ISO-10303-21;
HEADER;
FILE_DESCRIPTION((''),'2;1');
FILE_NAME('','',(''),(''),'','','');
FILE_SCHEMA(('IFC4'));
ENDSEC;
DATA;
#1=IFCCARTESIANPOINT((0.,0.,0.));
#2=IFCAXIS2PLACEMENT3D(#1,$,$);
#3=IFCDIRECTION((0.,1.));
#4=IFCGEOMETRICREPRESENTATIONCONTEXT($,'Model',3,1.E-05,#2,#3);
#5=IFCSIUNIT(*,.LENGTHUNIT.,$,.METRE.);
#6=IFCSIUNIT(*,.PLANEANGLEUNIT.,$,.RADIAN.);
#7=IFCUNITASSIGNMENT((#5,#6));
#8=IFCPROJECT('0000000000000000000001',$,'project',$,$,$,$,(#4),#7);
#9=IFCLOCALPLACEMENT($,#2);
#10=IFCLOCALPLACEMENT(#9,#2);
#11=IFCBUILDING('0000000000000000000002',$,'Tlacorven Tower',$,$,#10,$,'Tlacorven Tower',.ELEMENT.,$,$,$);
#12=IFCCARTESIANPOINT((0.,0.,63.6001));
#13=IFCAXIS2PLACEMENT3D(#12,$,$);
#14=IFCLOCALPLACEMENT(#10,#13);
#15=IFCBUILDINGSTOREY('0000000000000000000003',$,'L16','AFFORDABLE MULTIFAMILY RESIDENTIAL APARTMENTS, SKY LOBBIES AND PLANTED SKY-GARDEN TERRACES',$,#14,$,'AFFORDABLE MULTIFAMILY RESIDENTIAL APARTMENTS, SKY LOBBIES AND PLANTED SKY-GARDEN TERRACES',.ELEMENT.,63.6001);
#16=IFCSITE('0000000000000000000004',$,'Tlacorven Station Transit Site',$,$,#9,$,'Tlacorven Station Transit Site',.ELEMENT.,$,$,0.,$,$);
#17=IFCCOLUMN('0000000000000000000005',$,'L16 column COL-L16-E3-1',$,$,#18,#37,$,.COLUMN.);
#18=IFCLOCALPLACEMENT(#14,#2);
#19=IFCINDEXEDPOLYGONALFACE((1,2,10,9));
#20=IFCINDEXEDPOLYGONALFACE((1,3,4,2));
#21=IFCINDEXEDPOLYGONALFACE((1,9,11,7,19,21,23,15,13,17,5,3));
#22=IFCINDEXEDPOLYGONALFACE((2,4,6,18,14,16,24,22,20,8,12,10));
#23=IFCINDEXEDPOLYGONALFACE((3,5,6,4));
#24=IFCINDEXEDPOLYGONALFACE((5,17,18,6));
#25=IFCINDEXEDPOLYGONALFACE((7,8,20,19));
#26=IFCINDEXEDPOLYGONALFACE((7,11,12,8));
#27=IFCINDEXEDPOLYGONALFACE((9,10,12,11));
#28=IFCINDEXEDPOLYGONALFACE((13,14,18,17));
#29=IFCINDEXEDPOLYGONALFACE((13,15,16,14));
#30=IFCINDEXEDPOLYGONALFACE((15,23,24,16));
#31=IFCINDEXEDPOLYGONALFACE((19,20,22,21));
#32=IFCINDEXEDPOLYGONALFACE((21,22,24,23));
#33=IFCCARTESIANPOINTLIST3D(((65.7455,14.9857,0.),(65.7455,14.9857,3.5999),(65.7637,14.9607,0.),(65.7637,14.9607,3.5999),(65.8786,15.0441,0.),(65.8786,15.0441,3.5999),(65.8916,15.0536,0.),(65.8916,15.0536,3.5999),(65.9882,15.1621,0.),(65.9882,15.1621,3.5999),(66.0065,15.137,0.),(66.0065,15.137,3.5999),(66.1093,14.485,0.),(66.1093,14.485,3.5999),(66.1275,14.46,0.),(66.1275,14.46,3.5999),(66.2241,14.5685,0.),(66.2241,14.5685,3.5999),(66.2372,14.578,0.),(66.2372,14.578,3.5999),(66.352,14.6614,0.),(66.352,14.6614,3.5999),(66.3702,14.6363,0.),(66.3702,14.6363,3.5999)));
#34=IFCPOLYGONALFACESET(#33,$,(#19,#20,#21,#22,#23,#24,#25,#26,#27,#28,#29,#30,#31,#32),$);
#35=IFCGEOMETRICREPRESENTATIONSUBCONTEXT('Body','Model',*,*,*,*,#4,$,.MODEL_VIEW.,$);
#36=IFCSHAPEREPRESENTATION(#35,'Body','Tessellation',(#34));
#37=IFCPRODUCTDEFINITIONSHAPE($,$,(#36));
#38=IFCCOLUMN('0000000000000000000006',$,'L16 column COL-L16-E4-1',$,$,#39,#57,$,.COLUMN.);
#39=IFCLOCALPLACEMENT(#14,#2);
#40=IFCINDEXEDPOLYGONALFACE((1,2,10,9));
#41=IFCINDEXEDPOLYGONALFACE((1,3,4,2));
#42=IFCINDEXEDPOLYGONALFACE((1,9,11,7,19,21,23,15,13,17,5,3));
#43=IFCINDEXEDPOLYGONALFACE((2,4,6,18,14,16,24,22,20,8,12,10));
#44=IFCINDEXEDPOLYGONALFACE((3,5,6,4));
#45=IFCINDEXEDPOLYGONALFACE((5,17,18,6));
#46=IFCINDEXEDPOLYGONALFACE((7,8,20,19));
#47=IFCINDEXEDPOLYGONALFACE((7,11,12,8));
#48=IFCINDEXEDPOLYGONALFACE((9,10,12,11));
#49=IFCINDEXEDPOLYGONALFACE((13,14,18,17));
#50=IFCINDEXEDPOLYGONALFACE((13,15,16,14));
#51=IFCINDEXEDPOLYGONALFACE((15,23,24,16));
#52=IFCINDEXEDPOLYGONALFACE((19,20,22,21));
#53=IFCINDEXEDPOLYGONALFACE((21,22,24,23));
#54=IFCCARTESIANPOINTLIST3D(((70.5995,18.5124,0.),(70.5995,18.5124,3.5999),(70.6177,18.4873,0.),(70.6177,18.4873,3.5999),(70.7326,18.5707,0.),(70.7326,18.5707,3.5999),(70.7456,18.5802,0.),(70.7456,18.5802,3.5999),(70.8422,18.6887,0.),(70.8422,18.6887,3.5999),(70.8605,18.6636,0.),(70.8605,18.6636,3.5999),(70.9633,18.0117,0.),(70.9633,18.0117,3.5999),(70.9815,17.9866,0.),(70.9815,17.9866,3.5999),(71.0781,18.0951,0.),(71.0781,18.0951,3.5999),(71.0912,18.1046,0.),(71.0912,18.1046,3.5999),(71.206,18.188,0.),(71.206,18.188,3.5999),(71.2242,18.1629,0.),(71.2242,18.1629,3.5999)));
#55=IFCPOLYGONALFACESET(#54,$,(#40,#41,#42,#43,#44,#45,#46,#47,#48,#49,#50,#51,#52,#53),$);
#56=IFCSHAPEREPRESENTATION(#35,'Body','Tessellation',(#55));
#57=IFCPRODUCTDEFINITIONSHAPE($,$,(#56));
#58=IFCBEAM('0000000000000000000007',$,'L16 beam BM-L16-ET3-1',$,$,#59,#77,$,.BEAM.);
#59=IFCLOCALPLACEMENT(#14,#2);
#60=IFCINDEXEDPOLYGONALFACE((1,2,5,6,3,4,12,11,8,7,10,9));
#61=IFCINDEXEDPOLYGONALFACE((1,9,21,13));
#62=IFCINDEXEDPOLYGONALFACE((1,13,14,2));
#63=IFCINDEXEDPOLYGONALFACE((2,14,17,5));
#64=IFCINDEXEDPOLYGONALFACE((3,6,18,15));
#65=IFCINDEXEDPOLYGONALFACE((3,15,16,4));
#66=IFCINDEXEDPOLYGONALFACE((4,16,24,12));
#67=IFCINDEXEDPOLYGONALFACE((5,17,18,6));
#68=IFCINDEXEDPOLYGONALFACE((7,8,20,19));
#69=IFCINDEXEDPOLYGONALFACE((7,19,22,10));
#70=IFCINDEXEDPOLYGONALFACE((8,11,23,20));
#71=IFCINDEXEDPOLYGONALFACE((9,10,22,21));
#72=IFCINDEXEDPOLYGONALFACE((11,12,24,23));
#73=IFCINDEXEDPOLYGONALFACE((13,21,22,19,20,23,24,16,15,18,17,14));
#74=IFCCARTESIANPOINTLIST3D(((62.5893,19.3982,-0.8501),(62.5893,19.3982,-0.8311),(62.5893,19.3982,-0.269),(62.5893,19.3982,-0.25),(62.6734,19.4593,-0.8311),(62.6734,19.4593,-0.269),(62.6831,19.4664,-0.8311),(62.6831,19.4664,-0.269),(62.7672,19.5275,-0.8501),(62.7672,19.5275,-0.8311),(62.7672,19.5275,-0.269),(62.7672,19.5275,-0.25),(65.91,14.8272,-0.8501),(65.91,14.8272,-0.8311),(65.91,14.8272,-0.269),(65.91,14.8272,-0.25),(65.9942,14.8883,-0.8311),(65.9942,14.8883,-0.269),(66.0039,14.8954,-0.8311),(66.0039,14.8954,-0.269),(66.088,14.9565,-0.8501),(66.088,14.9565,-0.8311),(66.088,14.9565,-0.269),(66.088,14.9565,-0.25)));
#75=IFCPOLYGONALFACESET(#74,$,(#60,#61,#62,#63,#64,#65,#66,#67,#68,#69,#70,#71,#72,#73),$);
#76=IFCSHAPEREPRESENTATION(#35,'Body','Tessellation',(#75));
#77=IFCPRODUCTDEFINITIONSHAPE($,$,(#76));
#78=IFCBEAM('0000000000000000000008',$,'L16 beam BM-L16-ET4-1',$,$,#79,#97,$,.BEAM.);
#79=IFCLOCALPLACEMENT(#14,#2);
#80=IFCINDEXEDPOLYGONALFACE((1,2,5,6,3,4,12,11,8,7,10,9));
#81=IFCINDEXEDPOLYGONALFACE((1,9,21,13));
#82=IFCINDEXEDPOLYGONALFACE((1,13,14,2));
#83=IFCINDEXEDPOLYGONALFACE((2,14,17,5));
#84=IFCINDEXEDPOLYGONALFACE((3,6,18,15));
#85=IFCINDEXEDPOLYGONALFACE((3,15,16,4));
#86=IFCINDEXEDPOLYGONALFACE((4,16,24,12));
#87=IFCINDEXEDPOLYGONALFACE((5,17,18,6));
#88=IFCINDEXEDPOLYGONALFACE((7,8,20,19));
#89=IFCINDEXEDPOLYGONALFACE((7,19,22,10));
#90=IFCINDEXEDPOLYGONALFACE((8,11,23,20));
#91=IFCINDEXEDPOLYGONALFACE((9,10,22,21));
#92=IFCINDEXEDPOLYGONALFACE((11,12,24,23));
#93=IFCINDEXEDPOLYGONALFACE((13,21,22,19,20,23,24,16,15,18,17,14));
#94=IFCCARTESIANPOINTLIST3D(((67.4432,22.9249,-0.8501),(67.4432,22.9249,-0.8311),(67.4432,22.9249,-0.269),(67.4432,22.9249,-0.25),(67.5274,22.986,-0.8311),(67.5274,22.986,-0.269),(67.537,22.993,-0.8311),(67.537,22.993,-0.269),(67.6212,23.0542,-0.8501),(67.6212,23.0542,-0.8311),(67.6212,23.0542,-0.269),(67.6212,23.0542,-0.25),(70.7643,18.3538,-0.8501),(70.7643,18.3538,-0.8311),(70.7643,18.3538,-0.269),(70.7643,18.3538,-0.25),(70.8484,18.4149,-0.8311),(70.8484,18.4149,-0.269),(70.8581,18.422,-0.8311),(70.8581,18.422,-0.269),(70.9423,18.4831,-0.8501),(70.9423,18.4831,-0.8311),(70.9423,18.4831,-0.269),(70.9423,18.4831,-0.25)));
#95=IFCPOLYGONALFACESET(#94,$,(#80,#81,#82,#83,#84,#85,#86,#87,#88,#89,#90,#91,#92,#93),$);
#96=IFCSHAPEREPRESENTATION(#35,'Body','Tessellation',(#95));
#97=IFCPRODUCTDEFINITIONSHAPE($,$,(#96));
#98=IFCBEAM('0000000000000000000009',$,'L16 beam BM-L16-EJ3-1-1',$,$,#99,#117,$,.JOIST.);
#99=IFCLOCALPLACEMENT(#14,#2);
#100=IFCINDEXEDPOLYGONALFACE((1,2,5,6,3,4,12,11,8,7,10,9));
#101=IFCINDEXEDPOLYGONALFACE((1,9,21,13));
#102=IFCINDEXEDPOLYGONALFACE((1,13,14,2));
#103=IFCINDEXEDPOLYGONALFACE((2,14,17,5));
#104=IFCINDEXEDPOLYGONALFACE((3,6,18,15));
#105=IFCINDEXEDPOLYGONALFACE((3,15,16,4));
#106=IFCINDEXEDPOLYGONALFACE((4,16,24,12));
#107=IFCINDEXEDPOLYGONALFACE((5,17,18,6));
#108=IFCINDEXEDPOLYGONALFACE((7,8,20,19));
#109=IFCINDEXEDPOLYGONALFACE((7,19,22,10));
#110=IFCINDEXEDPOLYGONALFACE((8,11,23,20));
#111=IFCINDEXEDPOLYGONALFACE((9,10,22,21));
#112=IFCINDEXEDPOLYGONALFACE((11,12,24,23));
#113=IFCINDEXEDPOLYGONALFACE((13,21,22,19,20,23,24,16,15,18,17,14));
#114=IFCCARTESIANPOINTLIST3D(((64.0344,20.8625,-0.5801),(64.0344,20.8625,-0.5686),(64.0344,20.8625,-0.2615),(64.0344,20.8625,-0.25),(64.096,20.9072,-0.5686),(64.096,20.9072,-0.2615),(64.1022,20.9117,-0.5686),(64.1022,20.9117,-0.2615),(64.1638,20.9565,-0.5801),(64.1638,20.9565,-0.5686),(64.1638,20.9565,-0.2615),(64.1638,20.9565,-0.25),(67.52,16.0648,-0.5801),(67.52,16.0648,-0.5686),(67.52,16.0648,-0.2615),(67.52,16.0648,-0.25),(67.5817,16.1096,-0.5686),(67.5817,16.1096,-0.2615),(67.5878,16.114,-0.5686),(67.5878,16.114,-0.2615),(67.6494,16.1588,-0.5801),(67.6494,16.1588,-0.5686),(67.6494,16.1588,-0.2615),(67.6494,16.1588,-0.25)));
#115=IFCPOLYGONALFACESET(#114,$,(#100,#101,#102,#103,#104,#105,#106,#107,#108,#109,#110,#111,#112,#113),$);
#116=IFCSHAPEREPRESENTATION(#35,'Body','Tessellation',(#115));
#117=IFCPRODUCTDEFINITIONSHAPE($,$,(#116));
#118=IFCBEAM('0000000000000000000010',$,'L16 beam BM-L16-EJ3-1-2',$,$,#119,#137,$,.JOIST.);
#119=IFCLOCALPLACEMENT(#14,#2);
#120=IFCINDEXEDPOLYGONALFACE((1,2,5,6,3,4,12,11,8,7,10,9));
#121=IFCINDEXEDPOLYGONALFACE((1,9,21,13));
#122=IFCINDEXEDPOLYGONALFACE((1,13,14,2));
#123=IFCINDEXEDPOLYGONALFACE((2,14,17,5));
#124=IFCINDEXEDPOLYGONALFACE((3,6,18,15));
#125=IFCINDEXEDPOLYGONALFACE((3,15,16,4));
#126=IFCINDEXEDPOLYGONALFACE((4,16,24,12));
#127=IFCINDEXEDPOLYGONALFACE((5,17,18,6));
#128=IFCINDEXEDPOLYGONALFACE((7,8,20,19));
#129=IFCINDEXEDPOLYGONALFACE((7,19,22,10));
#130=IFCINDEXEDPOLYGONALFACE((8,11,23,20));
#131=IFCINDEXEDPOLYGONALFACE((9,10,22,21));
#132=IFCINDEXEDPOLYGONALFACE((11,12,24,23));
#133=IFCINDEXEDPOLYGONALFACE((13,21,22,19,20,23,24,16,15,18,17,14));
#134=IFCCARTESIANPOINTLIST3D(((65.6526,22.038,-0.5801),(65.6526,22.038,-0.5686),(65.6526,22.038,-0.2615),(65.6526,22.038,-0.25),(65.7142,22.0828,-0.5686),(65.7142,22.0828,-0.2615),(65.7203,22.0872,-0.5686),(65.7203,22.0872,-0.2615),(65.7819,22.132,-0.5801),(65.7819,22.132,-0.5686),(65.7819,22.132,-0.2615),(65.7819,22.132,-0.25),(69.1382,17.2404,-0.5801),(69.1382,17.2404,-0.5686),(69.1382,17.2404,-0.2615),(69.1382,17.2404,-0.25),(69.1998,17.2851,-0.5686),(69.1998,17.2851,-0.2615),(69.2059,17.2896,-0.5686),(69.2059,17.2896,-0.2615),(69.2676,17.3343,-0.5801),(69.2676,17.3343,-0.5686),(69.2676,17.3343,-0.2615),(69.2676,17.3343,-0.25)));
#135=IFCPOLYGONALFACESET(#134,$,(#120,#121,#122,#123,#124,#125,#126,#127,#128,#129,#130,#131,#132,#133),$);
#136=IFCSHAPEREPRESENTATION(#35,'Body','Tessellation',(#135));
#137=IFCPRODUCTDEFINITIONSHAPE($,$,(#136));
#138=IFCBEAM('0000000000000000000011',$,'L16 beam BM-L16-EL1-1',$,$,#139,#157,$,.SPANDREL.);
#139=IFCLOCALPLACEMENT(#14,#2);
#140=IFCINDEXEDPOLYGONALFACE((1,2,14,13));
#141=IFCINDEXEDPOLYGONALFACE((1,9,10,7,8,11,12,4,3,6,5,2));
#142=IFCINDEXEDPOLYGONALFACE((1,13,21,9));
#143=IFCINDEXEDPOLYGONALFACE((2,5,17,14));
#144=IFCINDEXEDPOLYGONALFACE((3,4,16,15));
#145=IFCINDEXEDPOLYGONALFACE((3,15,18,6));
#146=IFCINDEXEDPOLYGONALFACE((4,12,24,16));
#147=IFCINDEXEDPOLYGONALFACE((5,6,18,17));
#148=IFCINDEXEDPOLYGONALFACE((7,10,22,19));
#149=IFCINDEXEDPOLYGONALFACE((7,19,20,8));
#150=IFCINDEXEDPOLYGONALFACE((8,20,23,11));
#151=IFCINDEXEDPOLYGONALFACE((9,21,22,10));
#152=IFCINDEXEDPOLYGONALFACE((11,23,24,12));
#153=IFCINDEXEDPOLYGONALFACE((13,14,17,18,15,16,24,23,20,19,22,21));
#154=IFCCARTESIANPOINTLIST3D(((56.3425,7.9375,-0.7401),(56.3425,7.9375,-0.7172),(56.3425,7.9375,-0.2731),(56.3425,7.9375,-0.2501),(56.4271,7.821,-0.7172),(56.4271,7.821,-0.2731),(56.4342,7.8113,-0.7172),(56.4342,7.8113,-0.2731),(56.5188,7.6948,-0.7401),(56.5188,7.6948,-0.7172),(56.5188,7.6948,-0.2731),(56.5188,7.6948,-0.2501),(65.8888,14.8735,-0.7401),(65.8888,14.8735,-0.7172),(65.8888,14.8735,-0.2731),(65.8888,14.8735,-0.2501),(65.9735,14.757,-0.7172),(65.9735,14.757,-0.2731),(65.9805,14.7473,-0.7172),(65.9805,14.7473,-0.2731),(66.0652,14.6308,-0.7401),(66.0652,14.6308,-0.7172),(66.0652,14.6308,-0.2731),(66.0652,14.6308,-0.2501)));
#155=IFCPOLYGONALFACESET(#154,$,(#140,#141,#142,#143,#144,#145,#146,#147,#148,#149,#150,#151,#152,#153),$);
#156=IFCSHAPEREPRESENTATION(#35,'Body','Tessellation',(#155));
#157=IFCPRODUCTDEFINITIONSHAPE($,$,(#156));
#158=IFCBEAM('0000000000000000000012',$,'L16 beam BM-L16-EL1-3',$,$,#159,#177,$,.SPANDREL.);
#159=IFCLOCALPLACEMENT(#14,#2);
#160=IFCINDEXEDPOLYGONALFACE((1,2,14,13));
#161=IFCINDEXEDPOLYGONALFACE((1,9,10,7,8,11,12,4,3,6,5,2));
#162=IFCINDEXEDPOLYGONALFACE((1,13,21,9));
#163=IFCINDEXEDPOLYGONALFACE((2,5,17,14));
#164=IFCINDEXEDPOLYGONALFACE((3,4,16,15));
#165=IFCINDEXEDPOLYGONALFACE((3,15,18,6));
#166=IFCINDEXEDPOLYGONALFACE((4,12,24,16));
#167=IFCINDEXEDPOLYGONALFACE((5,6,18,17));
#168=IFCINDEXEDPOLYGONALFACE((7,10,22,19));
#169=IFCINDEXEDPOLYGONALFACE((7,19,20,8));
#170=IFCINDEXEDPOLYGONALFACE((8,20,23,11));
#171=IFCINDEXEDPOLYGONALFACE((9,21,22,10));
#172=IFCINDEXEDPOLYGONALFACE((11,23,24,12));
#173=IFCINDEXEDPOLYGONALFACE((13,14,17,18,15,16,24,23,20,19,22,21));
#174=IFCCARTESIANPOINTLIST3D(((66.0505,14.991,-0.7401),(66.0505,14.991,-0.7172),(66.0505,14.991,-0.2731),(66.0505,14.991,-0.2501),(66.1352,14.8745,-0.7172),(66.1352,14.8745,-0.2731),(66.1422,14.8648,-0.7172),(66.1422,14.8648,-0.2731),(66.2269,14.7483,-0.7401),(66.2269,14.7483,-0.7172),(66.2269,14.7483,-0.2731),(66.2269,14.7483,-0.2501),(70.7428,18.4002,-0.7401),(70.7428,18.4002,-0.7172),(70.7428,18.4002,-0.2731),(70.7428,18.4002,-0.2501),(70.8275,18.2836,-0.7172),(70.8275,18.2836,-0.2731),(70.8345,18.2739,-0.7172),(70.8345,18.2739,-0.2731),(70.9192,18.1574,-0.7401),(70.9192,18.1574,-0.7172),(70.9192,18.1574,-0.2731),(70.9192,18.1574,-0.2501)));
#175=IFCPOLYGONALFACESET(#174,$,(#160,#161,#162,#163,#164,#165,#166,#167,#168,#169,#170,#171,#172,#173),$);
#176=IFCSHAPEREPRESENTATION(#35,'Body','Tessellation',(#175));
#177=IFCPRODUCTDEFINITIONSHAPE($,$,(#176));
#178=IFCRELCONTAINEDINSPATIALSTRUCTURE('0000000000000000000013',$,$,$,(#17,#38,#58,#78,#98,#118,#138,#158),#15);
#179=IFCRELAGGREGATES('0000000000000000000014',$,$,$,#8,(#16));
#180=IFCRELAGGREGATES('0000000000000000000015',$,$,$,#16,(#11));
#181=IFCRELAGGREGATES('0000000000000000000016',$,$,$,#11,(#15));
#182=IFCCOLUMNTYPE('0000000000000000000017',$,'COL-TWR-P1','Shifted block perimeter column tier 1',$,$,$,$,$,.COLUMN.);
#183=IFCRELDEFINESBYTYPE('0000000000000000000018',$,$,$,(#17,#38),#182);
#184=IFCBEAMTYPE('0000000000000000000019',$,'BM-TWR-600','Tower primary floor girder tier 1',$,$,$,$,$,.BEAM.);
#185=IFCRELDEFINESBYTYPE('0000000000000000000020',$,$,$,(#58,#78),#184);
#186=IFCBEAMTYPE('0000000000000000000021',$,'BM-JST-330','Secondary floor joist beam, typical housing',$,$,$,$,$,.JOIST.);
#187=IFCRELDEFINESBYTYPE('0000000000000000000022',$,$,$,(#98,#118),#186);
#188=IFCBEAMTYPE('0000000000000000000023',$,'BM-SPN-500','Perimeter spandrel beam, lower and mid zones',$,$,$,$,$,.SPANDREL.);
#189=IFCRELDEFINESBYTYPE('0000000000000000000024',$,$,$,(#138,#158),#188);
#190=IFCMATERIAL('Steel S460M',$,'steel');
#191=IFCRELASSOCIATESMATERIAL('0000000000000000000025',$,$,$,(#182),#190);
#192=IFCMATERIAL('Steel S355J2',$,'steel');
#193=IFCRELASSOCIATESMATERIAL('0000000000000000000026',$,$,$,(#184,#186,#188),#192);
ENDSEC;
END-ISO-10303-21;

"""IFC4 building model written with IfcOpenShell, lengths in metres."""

from ifc_helpers import new_model, si_unit, direction, frame, origin, origin_2d, place, context, subcontext, project, spatial, i_section, extrude, source, transform, mapped, material, material_profile, profile_set, type_object, element, save


model = new_model("IFC4")

# Units and contexts
model_context = context("Model", 3, precision=1e-05, world=origin(), true_north=direction((0.0, 1.0)))
body_context = subcontext(model_context, "Body", "Model", "MODEL_VIEW")
ifc_project = project(units=[si_unit("LENGTHUNIT", "METRE"), si_unit("PLANEANGLEUNIT", "RADIAN")], contexts=[model_context])

# Site, building, storey
site_placement = place(None, origin())
site = spatial("IfcSite", under=ifc_project, at=site_placement, Name="Tlacorven Station Transit Site", LongName="Tlacorven Station Transit Site", CompositionType="ELEMENT", RefElevation=0.0)
building_placement = place(site_placement, origin())
building = spatial("IfcBuilding", under=site, at=building_placement, Name="Tlacorven Tower", LongName="Tlacorven Tower", CompositionType="ELEMENT")
storey_placement = place(building_placement, frame((0.0, 0.0, 63.6001)))
storey = spatial("IfcBuildingStorey", under=building, at=storey_placement, Name="L16", Description="AFFORDABLE MULTIFAMILY RESIDENTIAL APARTMENTS, SKY LOBBIES AND PLANTED SKY-GARDEN TERRACES", LongName="AFFORDABLE MULTIFAMILY RESIDENTIAL APARTMENTS, SKY LOBBIES AND PLANTED SKY-GARDEN TERRACES", CompositionType="ELEMENT", Elevation=63.6001)

# Columns
ifc_material_1 = material(Name="Steel S460M", Category="steel")
ifc_material_profile_1 = material_profile(ifc_material_1, i_section(OverallWidth=0.3, OverallDepth=0.6499, WebThickness=0.0161, FlangeThickness=0.031, at=origin_2d()), Name="HEB 650")
ifc_profile_set_1 = profile_set([ifc_material_profile_1], Name="Steel S460M")
column_type = type_object("IfcColumnType", Name="COL-TWR-P1", Description="Shifted block perimeter column tier 1", PredefinedType="COLUMN", material=ifc_profile_set_1)
shared_shape_1 = source(origin(), body_context, "Body", "SweptSolid", [
    extrude(i_section(OverallWidth=0.3, OverallDepth=0.6499, WebThickness=0.0161, FlangeThickness=0.031, at=origin_2d()), origin(), (0.0, 0.0, 1.0), 3.5999),
])
for number, where, z_axis, x_axis, name in (
    (1, (66.0579, 14.811, 0.0), (0.0, 0.0, 1.0), (0.809017, 0.587785, 0.0), "L16 column COL-L16-E3-1"),
    (2, (70.9119, 18.3376, 0.0), (0.0, 0.0, 1.0), (0.809017, 0.587785, 0.0), "L16 column COL-L16-E4-1"),
):
    element("IfcColumn", number, at=place(storey_placement, frame(where, z_axis=z_axis, x_axis=x_axis)), inside=storey, type_object=column_type, Name=name, PredefinedType="COLUMN", context=body_context, shape_type="MappedRepresentation", body=[
        mapped(shared_shape_1, transform((0.0, 0.0, 0.0), scale=1.0)),
    ])

# Beams
ifc_material_2 = material(Name="Steel S355J2", Category="steel")
ifc_material_profile_2 = material_profile(ifc_material_2, i_section(OverallWidth=0.22, OverallDepth=0.6001, WebThickness=0.012, FlangeThickness=0.019, at=origin_2d()), Name="IPE 600")
ifc_profile_set_2 = profile_set([ifc_material_profile_2], Name="Steel S355J2")
beam_type_1 = type_object("IfcBeamType", Name="BM-TWR-600", Description="Tower primary floor girder tier 1", PredefinedType="BEAM", material=ifc_profile_set_2)
shared_shape_2 = source(origin(), body_context, "Body", "SweptSolid", [
    extrude(i_section(OverallWidth=0.22, OverallDepth=0.6001, WebThickness=0.012, FlangeThickness=0.019, at=origin_2d()), origin(), (0.0, 0.0, 1.0), 5.6499),
])
beam_1_placement = place(storey_placement, frame((65.999, 14.8918, -0.55), z_axis=(-0.587755, 0.809039, 0.0), x_axis=(-0.809039, -0.587755, 0.0)))
element("IfcBeam", 3, at=beam_1_placement, inside=storey, type_object=beam_type_1, Name="L16 beam BM-L16-ET3-1", PredefinedType="BEAM", context=body_context, shape_type="MappedRepresentation", body=[
    mapped(shared_shape_2, transform((0.0, 0.0, 0.0), scale=1.0)),
])
shared_shape_3 = source(origin(), body_context, "Body", "SweptSolid", [
    extrude(i_section(OverallWidth=0.22, OverallDepth=0.6001, WebThickness=0.012, FlangeThickness=0.019, at=origin_2d()), origin(), (0.0, 0.0, 1.0), 5.6501),
])
beam_2_placement = place(storey_placement, frame((70.8533, 18.4185, -0.55), z_axis=(-0.587784, 0.809018, 0.0), x_axis=(-0.809018, -0.587784, 0.0)))
element("IfcBeam", 4, at=beam_2_placement, inside=storey, type_object=beam_type_1, Name="L16 beam BM-L16-ET4-1", PredefinedType="BEAM", context=body_context, shape_type="MappedRepresentation", body=[
    mapped(shared_shape_3, transform((0.0, 0.0, 0.0), scale=1.0)),
])
ifc_material_profile_3 = material_profile(ifc_material_2, i_section(OverallWidth=0.1599, OverallDepth=0.3301, WebThickness=0.0076, FlangeThickness=0.0115, at=origin_2d()), Name="IPE 330")
ifc_profile_set_3 = profile_set([ifc_material_profile_3], Name="Steel S355J2")
beam_type_2 = type_object("IfcBeamType", Name="BM-JST-330", Description="Secondary floor joist beam, typical housing", PredefinedType="JOIST", material=ifc_profile_set_3)
shared_shape_4 = source(origin(), body_context, "Body", "SweptSolid", [
    extrude(i_section(OverallWidth=0.1599, OverallDepth=0.3301, WebThickness=0.0076, FlangeThickness=0.0115, at=origin_2d()), origin(), (0.0, 0.0, 1.0), 5.9302),
])
for number, where, z_axis, x_axis, name in (
    (5, (67.5847, 16.1118, -0.415), (-0.587778, 0.809023, 0.0), (-0.809023, -0.587778, 0.0), "L16 beam BM-L16-EJ3-1-1"),
    (6, (69.2029, 17.2874, -0.415), (-0.587778, 0.809023, 0.0), (-0.809023, -0.587778, 0.0), "L16 beam BM-L16-EJ3-1-2"),
):
    element("IfcBeam", number, at=place(storey_placement, frame(where, z_axis=z_axis, x_axis=x_axis)), inside=storey, type_object=beam_type_2, Name=name, PredefinedType="JOIST", context=body_context, shape_type="MappedRepresentation", body=[
        mapped(shared_shape_4, transform((0.0, 0.0, 0.0), scale=1.0)),
    ])
ifc_material_profile_4 = material_profile(ifc_material_2, i_section(OverallWidth=0.3, OverallDepth=0.49, WebThickness=0.012, FlangeThickness=0.0229, at=origin_2d()), Name="HEA 500")
ifc_profile_set_4 = profile_set([ifc_material_profile_4], Name="Steel S355J2")
beam_type_3 = type_object("IfcBeamType", Name="BM-SPN-500", Description="Perimeter spandrel beam, lower and mid zones", PredefinedType="SPANDREL", material=ifc_profile_set_4)
shared_shape_5 = source(origin(), body_context, "Body", "SweptSolid", [
    extrude(i_section(OverallWidth=0.3, OverallDepth=0.49, WebThickness=0.012, FlangeThickness=0.0229, at=origin_2d()), origin(), (0.0, 0.0, 1.0), 11.8),
])
beam_3_placement = place(storey_placement, frame((56.4307, 7.8162, -0.4951), z_axis=(0.80901, 0.587795, 0.0), x_axis=(-0.587795, 0.80901, 0.0)))
element("IfcBeam", 7, at=beam_3_placement, inside=storey, type_object=beam_type_3, Name="L16 beam BM-L16-EL1-1", PredefinedType="SPANDREL", context=body_context, shape_type="MappedRepresentation", body=[
    mapped(shared_shape_5, transform((0.0, 0.0, 0.0), scale=1.0)),
])
shared_shape_6 = source(origin(), body_context, "Body", "SweptSolid", [
    extrude(i_section(OverallWidth=0.3, OverallDepth=0.49, WebThickness=0.012, FlangeThickness=0.0229, at=origin_2d()), origin(), (0.0, 0.0, 1.0), 5.8),
])
beam_4_placement = place(storey_placement, frame((66.1387, 14.8696, -0.4951), z_axis=(0.80902, 0.587781, 0.0), x_axis=(-0.587781, 0.80902, 0.0)))
element("IfcBeam", 8, at=beam_4_placement, inside=storey, type_object=beam_type_3, Name="L16 beam BM-L16-EL1-3", PredefinedType="SPANDREL", context=body_context, shape_type="MappedRepresentation", body=[
    mapped(shared_shape_6, transform((0.0, 0.0, 0.0), scale=1.0)),
])

save(model, "model.ifc")
